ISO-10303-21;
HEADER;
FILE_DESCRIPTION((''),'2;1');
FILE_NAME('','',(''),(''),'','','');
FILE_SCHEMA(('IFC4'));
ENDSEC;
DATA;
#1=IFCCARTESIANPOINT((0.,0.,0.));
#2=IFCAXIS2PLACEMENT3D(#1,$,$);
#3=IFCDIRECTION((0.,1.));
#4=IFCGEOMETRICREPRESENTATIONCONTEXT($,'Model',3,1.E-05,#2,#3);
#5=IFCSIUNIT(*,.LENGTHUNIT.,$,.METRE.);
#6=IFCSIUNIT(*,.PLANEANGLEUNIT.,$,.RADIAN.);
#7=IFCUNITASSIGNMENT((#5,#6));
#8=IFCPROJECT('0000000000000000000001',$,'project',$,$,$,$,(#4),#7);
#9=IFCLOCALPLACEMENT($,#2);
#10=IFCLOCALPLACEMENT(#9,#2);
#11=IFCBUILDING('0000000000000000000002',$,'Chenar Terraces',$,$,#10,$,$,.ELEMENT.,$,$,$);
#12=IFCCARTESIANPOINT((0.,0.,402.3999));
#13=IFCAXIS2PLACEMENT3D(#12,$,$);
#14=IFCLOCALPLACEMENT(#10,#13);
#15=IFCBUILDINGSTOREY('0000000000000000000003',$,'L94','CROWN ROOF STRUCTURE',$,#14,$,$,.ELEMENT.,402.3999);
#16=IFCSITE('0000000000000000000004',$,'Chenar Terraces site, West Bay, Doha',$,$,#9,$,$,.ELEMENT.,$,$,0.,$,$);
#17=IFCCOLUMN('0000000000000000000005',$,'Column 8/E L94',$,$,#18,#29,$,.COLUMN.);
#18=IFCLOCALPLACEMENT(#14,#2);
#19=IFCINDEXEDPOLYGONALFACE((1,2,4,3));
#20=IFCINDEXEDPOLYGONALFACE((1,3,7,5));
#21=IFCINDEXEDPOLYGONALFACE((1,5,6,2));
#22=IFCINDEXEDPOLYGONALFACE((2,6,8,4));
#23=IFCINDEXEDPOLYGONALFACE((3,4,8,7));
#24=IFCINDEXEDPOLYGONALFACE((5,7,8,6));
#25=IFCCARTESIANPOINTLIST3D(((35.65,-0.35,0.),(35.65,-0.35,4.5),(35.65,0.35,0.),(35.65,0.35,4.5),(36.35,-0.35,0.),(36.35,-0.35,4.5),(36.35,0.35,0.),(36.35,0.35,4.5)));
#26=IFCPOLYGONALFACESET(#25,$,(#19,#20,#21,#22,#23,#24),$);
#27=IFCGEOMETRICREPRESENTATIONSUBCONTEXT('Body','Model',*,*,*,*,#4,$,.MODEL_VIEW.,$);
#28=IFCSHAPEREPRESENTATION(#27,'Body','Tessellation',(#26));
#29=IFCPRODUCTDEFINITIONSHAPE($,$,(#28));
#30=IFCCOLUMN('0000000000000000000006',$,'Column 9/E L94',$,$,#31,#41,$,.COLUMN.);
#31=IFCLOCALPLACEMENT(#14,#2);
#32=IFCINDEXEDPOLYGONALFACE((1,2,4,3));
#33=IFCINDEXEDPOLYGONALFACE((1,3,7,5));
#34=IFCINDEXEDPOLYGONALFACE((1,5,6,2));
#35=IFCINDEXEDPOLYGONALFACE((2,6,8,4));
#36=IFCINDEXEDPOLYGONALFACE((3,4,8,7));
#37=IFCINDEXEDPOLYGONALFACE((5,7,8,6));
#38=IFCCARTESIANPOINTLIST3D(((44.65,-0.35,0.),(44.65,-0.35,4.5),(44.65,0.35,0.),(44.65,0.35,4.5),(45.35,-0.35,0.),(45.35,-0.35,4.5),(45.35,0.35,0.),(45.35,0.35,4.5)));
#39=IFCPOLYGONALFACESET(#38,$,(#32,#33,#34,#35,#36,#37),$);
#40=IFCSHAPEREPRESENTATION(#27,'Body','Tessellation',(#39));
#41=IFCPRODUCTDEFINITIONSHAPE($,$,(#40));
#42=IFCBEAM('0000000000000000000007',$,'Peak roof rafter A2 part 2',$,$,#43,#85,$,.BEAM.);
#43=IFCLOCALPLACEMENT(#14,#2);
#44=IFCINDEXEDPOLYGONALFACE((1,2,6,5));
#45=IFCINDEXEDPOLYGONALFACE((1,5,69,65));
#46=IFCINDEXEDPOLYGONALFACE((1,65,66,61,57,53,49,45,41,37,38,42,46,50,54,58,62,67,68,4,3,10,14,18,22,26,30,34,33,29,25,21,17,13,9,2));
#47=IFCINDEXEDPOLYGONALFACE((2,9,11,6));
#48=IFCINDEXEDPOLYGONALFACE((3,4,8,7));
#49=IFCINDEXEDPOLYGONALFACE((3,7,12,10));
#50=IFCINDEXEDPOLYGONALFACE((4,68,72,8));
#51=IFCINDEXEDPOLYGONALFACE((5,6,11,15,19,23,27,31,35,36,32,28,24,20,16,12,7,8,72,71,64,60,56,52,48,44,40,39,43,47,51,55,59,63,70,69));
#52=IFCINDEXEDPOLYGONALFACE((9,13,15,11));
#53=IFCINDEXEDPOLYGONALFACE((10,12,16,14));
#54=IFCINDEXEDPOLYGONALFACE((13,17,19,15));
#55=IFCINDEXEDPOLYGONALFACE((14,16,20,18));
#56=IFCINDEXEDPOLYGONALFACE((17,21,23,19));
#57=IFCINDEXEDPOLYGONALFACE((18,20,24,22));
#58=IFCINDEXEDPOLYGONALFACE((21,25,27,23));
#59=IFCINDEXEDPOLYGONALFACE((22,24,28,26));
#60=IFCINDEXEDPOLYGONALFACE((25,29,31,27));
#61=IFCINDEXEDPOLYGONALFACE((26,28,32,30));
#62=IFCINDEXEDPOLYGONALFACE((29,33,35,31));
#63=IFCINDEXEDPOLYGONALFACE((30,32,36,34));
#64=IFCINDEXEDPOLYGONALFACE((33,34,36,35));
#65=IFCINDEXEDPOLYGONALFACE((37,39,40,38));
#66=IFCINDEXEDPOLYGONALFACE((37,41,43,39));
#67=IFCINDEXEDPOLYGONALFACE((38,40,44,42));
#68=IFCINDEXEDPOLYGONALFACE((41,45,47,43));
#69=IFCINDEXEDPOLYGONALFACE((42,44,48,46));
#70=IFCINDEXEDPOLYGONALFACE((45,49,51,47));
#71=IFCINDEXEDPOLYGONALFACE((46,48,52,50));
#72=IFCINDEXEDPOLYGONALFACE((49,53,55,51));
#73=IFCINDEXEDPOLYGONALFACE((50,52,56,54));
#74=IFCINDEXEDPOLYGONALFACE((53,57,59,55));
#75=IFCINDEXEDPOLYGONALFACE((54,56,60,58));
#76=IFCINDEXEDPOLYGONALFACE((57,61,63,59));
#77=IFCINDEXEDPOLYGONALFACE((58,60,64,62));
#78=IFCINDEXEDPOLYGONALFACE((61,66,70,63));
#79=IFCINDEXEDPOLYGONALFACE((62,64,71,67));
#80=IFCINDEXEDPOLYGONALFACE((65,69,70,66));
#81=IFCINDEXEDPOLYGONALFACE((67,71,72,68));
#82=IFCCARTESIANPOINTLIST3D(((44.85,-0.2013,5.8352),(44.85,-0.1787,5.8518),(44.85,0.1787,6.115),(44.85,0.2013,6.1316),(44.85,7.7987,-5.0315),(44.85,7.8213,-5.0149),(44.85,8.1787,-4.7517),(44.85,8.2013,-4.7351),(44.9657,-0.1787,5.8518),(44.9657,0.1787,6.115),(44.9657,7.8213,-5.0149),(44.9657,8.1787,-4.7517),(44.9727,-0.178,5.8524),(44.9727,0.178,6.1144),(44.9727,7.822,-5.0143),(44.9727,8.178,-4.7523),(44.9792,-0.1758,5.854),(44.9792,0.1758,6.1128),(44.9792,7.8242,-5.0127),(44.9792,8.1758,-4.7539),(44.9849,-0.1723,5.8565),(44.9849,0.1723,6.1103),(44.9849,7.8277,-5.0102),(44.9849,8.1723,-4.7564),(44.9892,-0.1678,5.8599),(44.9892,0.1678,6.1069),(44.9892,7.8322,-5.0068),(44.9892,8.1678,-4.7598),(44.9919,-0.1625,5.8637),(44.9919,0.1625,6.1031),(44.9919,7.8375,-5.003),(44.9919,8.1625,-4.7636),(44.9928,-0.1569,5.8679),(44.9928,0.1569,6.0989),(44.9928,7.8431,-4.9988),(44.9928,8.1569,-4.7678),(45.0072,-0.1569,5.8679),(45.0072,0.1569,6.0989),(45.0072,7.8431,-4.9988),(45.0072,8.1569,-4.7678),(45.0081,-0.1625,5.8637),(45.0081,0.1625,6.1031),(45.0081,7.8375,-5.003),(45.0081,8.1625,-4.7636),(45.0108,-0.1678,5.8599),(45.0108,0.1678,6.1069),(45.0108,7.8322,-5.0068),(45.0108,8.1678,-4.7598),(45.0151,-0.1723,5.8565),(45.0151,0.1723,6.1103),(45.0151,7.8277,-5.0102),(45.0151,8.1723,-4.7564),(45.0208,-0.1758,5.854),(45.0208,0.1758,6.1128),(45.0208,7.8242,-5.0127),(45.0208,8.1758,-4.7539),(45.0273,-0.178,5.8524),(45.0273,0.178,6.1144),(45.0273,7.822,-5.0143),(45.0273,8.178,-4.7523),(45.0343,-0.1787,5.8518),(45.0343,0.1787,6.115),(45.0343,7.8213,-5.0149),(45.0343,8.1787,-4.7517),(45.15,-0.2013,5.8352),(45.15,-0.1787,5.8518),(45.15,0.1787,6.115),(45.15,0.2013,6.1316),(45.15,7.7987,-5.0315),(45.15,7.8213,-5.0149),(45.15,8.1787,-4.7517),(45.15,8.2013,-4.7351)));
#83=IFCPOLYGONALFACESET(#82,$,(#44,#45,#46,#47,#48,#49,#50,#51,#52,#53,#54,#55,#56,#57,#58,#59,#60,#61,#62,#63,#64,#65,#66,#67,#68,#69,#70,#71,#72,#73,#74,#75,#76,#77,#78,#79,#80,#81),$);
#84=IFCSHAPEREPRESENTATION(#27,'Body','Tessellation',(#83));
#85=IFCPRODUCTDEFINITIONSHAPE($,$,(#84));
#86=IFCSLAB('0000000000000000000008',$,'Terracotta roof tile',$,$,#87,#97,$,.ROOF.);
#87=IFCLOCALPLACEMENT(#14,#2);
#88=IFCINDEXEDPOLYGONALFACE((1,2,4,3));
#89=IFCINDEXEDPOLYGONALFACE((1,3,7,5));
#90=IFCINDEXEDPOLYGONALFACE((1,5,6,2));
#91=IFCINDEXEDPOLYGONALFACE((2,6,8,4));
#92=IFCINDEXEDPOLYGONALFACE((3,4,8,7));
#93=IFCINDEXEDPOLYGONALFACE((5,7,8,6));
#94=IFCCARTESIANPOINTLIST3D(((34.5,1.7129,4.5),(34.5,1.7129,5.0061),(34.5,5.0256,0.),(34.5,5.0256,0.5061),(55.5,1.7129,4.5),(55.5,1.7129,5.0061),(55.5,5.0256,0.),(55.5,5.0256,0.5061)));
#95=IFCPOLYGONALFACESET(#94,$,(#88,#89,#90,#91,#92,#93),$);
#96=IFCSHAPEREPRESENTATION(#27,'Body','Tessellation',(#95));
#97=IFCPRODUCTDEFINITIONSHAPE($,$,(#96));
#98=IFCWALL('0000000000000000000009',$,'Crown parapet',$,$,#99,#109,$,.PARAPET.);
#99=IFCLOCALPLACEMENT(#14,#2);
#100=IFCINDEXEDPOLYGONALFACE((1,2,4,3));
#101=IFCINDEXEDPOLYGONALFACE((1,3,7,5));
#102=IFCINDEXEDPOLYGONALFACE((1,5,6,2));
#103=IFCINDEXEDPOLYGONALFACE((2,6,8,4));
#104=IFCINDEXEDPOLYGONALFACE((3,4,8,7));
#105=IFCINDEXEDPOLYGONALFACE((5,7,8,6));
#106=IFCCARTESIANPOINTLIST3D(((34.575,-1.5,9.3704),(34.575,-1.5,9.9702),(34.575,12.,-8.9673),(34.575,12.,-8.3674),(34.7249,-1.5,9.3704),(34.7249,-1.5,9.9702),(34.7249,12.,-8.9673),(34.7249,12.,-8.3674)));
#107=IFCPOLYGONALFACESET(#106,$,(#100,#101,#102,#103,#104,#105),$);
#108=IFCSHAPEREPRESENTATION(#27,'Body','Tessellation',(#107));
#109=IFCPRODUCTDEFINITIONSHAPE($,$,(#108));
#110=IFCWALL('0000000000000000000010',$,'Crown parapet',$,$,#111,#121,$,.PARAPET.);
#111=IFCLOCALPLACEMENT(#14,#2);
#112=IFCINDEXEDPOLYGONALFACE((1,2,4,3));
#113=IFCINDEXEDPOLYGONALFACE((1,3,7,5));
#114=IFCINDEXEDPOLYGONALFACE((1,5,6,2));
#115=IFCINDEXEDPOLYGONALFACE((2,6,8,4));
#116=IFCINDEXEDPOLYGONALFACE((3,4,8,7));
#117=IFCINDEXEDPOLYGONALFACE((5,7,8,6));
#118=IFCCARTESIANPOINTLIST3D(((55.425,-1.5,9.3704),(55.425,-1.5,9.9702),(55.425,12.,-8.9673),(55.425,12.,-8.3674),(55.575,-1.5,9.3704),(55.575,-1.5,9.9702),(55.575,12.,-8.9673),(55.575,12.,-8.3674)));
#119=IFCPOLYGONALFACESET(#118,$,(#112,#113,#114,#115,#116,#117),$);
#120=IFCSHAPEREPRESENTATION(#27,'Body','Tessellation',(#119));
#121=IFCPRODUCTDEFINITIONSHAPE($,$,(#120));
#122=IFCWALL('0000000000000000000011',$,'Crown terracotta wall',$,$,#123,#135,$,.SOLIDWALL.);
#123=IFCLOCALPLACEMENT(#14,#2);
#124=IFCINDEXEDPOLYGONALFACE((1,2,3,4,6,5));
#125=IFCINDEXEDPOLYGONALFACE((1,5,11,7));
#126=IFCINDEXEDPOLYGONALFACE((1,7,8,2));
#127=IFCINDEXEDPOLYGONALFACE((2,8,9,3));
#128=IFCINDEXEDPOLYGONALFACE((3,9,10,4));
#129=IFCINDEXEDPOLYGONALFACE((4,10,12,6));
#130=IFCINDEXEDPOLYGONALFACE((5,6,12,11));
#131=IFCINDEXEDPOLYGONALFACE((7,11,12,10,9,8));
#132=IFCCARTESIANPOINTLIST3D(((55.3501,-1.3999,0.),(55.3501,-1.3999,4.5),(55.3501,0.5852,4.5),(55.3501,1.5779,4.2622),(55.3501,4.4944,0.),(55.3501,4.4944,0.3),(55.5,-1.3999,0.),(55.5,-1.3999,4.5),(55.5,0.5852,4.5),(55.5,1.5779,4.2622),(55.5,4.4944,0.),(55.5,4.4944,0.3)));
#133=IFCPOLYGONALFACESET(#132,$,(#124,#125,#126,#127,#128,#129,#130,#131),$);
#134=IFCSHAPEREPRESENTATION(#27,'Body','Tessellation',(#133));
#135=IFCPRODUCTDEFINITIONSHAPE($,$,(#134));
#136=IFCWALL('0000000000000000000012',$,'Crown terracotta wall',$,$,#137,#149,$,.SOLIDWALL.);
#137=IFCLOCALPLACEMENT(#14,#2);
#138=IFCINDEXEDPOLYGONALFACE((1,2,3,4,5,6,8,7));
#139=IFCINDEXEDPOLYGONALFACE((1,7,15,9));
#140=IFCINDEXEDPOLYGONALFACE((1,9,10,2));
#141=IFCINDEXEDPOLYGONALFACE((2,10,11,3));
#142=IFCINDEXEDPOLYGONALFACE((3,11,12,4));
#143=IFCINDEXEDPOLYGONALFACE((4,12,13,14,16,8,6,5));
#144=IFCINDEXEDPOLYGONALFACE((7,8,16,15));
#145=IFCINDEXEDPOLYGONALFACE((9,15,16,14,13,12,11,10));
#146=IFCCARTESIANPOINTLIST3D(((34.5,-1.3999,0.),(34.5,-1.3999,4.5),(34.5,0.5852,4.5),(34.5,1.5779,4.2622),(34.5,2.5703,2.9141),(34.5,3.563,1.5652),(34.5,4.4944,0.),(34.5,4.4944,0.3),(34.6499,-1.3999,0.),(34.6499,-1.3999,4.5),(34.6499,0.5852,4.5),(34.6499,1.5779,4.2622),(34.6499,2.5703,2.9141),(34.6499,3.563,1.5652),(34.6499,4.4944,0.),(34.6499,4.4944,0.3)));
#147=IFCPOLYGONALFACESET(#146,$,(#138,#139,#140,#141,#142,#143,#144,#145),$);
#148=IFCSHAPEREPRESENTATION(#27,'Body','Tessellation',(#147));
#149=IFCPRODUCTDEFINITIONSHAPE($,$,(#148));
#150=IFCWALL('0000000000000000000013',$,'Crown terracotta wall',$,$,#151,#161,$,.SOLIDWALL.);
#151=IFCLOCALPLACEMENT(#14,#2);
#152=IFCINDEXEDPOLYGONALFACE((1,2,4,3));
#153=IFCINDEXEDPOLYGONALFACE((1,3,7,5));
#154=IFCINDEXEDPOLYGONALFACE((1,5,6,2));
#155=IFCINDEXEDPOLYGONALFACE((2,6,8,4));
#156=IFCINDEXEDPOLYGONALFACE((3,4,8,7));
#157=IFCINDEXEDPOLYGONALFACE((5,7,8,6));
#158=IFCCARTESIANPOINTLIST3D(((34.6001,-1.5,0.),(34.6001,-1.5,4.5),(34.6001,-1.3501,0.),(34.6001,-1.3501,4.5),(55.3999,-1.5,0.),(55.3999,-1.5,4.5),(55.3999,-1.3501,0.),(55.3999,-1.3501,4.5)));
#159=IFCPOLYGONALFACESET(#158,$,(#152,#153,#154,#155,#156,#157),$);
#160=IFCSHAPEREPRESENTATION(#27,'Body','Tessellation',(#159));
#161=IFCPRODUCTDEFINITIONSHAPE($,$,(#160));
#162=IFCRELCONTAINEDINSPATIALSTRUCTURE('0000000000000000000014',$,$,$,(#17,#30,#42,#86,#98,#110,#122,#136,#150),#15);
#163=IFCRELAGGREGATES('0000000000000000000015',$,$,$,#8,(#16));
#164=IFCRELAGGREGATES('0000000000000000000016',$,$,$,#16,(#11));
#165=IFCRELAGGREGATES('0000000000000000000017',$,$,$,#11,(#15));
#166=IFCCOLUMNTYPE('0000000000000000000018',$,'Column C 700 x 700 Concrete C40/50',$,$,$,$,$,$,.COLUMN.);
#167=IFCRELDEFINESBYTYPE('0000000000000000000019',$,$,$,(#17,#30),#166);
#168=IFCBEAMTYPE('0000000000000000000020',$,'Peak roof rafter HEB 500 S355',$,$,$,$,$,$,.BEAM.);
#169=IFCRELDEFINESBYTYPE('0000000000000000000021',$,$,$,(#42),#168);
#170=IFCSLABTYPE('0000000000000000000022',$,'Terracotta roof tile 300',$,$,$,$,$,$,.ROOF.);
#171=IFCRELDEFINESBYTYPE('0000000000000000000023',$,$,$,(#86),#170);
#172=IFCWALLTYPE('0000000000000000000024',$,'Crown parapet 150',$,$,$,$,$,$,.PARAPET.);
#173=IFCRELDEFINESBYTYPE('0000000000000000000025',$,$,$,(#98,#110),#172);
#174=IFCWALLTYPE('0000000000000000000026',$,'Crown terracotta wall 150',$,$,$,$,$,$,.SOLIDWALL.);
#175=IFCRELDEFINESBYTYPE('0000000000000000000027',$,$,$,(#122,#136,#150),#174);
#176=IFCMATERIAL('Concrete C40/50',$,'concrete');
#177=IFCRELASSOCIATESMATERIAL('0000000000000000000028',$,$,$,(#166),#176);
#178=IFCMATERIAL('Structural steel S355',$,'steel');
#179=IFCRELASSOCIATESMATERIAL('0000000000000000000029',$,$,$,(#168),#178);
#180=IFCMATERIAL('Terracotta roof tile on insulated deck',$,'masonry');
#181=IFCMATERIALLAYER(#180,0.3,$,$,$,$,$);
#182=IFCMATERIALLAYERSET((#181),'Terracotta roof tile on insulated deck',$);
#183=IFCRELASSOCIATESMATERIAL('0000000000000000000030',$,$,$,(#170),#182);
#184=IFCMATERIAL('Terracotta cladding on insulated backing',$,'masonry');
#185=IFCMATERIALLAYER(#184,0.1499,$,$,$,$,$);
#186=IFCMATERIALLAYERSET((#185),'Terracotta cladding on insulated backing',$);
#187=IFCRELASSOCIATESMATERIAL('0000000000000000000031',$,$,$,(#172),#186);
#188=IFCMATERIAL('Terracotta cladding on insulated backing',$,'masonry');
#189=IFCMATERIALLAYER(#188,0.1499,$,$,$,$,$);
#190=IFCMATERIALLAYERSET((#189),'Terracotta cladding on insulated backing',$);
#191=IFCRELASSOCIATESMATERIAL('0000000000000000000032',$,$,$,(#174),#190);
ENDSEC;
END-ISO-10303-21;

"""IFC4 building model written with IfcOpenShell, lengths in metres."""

from ifc_helpers import new_model, si_unit, direction, frame, frame_2d, origin, origin_2d, place, context, subcontext, project, spatial, polyline, rectangle, i_section, outline, extrude, material, layer, layer_set, material_profile, profile_set, type_object, element, save


model = new_model("IFC4")

# Units and contexts
model_context = context("Model", 3, precision=1e-05, world=origin(), true_north=direction((0.0, 1.0)))
body_context = subcontext(model_context, "Body", "Model", "MODEL_VIEW")
ifc_project = project(units=[si_unit("LENGTHUNIT", "METRE"), si_unit("PLANEANGLEUNIT", "RADIAN")], contexts=[model_context])

# Site, building, storey
site_placement = place(None, origin())
site = spatial("IfcSite", under=ifc_project, at=site_placement, Name="Chenar Terraces site, West Bay, Doha", CompositionType="ELEMENT", RefElevation=0.0)
building_placement = place(site_placement, origin())
building = spatial("IfcBuilding", under=site, at=building_placement, Name="Chenar Terraces", CompositionType="ELEMENT")
storey_placement = place(building_placement, frame((0.0, 0.0, 402.3999)))
storey = spatial("IfcBuildingStorey", under=building, at=storey_placement, Name="L94", Description="CROWN ROOF STRUCTURE", CompositionType="ELEMENT", Elevation=402.3999)

# Columns
ifc_material_1 = material(Name="Concrete C40/50", Category="concrete")
ifc_material_profile_1 = material_profile(ifc_material_1, rectangle(XDim=0.7, YDim=0.7, at=origin_2d()), Name="C 700 x 700")
ifc_profile_set_1 = profile_set([ifc_material_profile_1], Name="Concrete C40/50")
column_type = type_object("IfcColumnType", Name="Column C 700 x 700 Concrete C40/50", PredefinedType="COLUMN", material=ifc_profile_set_1)
for number, where, z_axis, x_axis, name in (
    (1, (36.0, 0.0, 0.0), (0.0, 0.0, 1.0), (1.0, 0.0, 0.0), "Column 8/E L94"),
    (2, (45.0, 0.0, 0.0), (0.0, 0.0, 1.0), (1.0, 0.0, 0.0), "Column 9/E L94"),
):
    element("IfcColumn", number, at=place(storey_placement, frame(where, z_axis=z_axis, x_axis=x_axis)), inside=storey, type_object=column_type, Name=name, PredefinedType="COLUMN", context=body_context, shape_type="SweptSolid", body=[
        extrude(rectangle(XDim=0.7, YDim=0.7, at=origin_2d()), origin(), (0.0, 0.0, 1.0), 4.5),
    ])

# Beam
ifc_material_2 = material(Name="Structural steel S355", Category="steel")
ifc_material_profile_2 = material_profile(ifc_material_2, i_section(OverallWidth=0.3, OverallDepth=0.5, WebThickness=0.0144, FlangeThickness=0.0281, FilletRadius=0.0271, at=origin_2d()), Name="HEB 500")
ifc_profile_set_2 = profile_set([ifc_material_profile_2], Name="Structural steel S355")
beam_type = type_object("IfcBeamType", Name="Peak roof rafter HEB 500 S355", PredefinedType="BEAM", material=ifc_profile_set_2)
beam_placement = place(storey_placement, frame((45.0, 8.0, -4.8833), z_axis=(0.0, -0.592861, 0.805305), x_axis=(1.0, 0.0, 0.0)))
element("IfcBeam", 3, at=beam_placement, inside=storey, type_object=beam_type, Name="Peak roof rafter A2 part 2", PredefinedType="BEAM", context=body_context, shape_type="SweptSolid", body=[
    extrude(i_section(OverallWidth=0.3, OverallDepth=0.5, WebThickness=0.0144, FlangeThickness=0.0281, FilletRadius=0.0271, at=origin_2d()), origin(), (0.0, 0.0, 1.0), 13.4939),
])

# Slab
ifc_material_3 = material(Name="Terracotta roof tile on insulated deck", Category="masonry")
ifc_layer_1 = layer(ifc_material_3, 0.3)
ifc_layer_set_1 = layer_set([ifc_layer_1], Name="Terracotta roof tile on insulated deck")
slab_type = type_object("IfcSlabType", Name="Terracotta roof tile 300", PredefinedType="ROOF", material=ifc_layer_set_1)
slab_placement = place(storey_placement, frame((34.5, 5.0256, 0.5061), z_axis=(0.0, 0.805316, 0.592846), x_axis=(1.0, 0.0, 0.0)))
element("IfcSlab", 4, at=slab_placement, inside=storey, type_object=slab_type, Name="Terracotta roof tile", PredefinedType="ROOF", context=body_context, shape_type="SweptSolid", body=[
    extrude(outline(polyline([(0.0, 0.0), (21.0, 0.0), (21.0, -5.5879), (0.0, -5.5879), (0.0, 0.0)])), origin(), (0.0, 0.805316, -0.592846), 0.5061),
])

# Walls
ifc_material_4 = material(Name="Terracotta cladding on insulated backing", Category="masonry")
ifc_layer_2 = layer(ifc_material_4, 0.1499)
ifc_layer_set_2 = layer_set([ifc_layer_2], Name="Terracotta cladding on insulated backing")
wall_type_1 = type_object("IfcWallType", Name="Crown parapet 150", PredefinedType="PARAPET", material=ifc_layer_set_2)
for number, where, z_axis, x_axis, name in (
    (5, (34.575, 12.0, -8.9673), (-1.0, 0.0, 0.0), (0.0, -0.592859, 0.805306), "Crown parapet"),
    (6, (55.425, 12.0, -8.9673), (-1.0, 0.0, 0.0), (0.0, -0.592859, 0.805306), "Crown parapet"),
):
    element("IfcWall", number, at=place(storey_placement, frame(where, z_axis=z_axis, x_axis=x_axis)), inside=storey, type_object=wall_type_1, Name=name, PredefinedType="PARAPET", context=body_context, shape_type="SweptSolid", body=[
        extrude(outline(polyline([(0.0, 0.0), (22.771, 0.0), (23.2541, 0.3556), (0.4831, 0.3556), (0.0, 0.0)])), origin(), (0.0, 0.0, -1.0), 0.1499),
    ])
ifc_material_5 = material(Name="Terracotta cladding on insulated backing", Category="masonry")
ifc_layer_3 = layer(ifc_material_5, 0.1499)
ifc_layer_set_3 = layer_set([ifc_layer_3], Name="Terracotta cladding on insulated backing")
wall_type_2 = type_object("IfcWallType", Name="Crown terracotta wall 150", PredefinedType="SOLIDWALL", material=ifc_layer_set_3)
wall_1_placement = place(storey_placement, frame((55.425, -1.3999, 0.0), z_axis=(0.0, 0.0, 1.0), x_axis=(0.0, 1.0, 0.0)))
element("IfcWall", 7, at=wall_1_placement, inside=storey, type_object=wall_type_2, Name="Crown terracotta wall", PredefinedType="SOLIDWALL", context=body_context, shape_type="SweptSolid", body=[
    extrude(outline(polyline([(0.0, 0.0), (5.8943, 0.0), (5.8943, 0.3), (2.9778, 4.2622), (1.9851, 4.5), (0.0, 4.5), (0.0, 0.0)])), frame((0.0, 0.075, 0.0), z_axis=(0.0, -1.0, 0.0), x_axis=(1.0, 0.0, 0.0)), (0.0, 0.0, 1.0), 0.1499),
])
wall_2_placement = place(storey_placement, frame((34.575, 4.4944, 0.0), z_axis=(0.0, 0.0, 1.0), x_axis=(0.0, -1.0, 0.0)))
element("IfcWall", 8, at=wall_2_placement, inside=storey, type_object=wall_type_2, Name="Crown terracotta wall", PredefinedType="SOLIDWALL", context=body_context, shape_type="SweptSolid", body=[
    extrude(outline(polyline([(0.0, 0.0), (5.8943, 0.0), (5.8943, 4.5), (3.9092, 4.5), (2.9165, 4.2622), (1.9241, 2.9141), (0.9314, 1.5652), (0.0, 0.3), (0.0, 0.0)])), frame((0.0, 0.075, 0.0), z_axis=(0.0, -1.0, 0.0), x_axis=(1.0, 0.0, 0.0)), (0.0, 0.0, 1.0), 0.1499),
])
wall_3_placement = place(storey_placement, frame((34.6001, -1.425, 0.0), z_axis=(0.0, 0.0, 1.0), x_axis=(1.0, 0.0, 0.0)))
element("IfcWall", 9, at=wall_3_placement, inside=storey, type_object=wall_type_2, Name="Crown terracotta wall", PredefinedType="SOLIDWALL", context=body_context, shape_type="SweptSolid", body=[
    extrude(rectangle(XDim=20.7998, YDim=0.1499, at=frame_2d((10.3999, 0.0))), origin(), (0.0, 0.0, 1.0), 4.5),
])

save(model, "model.ifc")
